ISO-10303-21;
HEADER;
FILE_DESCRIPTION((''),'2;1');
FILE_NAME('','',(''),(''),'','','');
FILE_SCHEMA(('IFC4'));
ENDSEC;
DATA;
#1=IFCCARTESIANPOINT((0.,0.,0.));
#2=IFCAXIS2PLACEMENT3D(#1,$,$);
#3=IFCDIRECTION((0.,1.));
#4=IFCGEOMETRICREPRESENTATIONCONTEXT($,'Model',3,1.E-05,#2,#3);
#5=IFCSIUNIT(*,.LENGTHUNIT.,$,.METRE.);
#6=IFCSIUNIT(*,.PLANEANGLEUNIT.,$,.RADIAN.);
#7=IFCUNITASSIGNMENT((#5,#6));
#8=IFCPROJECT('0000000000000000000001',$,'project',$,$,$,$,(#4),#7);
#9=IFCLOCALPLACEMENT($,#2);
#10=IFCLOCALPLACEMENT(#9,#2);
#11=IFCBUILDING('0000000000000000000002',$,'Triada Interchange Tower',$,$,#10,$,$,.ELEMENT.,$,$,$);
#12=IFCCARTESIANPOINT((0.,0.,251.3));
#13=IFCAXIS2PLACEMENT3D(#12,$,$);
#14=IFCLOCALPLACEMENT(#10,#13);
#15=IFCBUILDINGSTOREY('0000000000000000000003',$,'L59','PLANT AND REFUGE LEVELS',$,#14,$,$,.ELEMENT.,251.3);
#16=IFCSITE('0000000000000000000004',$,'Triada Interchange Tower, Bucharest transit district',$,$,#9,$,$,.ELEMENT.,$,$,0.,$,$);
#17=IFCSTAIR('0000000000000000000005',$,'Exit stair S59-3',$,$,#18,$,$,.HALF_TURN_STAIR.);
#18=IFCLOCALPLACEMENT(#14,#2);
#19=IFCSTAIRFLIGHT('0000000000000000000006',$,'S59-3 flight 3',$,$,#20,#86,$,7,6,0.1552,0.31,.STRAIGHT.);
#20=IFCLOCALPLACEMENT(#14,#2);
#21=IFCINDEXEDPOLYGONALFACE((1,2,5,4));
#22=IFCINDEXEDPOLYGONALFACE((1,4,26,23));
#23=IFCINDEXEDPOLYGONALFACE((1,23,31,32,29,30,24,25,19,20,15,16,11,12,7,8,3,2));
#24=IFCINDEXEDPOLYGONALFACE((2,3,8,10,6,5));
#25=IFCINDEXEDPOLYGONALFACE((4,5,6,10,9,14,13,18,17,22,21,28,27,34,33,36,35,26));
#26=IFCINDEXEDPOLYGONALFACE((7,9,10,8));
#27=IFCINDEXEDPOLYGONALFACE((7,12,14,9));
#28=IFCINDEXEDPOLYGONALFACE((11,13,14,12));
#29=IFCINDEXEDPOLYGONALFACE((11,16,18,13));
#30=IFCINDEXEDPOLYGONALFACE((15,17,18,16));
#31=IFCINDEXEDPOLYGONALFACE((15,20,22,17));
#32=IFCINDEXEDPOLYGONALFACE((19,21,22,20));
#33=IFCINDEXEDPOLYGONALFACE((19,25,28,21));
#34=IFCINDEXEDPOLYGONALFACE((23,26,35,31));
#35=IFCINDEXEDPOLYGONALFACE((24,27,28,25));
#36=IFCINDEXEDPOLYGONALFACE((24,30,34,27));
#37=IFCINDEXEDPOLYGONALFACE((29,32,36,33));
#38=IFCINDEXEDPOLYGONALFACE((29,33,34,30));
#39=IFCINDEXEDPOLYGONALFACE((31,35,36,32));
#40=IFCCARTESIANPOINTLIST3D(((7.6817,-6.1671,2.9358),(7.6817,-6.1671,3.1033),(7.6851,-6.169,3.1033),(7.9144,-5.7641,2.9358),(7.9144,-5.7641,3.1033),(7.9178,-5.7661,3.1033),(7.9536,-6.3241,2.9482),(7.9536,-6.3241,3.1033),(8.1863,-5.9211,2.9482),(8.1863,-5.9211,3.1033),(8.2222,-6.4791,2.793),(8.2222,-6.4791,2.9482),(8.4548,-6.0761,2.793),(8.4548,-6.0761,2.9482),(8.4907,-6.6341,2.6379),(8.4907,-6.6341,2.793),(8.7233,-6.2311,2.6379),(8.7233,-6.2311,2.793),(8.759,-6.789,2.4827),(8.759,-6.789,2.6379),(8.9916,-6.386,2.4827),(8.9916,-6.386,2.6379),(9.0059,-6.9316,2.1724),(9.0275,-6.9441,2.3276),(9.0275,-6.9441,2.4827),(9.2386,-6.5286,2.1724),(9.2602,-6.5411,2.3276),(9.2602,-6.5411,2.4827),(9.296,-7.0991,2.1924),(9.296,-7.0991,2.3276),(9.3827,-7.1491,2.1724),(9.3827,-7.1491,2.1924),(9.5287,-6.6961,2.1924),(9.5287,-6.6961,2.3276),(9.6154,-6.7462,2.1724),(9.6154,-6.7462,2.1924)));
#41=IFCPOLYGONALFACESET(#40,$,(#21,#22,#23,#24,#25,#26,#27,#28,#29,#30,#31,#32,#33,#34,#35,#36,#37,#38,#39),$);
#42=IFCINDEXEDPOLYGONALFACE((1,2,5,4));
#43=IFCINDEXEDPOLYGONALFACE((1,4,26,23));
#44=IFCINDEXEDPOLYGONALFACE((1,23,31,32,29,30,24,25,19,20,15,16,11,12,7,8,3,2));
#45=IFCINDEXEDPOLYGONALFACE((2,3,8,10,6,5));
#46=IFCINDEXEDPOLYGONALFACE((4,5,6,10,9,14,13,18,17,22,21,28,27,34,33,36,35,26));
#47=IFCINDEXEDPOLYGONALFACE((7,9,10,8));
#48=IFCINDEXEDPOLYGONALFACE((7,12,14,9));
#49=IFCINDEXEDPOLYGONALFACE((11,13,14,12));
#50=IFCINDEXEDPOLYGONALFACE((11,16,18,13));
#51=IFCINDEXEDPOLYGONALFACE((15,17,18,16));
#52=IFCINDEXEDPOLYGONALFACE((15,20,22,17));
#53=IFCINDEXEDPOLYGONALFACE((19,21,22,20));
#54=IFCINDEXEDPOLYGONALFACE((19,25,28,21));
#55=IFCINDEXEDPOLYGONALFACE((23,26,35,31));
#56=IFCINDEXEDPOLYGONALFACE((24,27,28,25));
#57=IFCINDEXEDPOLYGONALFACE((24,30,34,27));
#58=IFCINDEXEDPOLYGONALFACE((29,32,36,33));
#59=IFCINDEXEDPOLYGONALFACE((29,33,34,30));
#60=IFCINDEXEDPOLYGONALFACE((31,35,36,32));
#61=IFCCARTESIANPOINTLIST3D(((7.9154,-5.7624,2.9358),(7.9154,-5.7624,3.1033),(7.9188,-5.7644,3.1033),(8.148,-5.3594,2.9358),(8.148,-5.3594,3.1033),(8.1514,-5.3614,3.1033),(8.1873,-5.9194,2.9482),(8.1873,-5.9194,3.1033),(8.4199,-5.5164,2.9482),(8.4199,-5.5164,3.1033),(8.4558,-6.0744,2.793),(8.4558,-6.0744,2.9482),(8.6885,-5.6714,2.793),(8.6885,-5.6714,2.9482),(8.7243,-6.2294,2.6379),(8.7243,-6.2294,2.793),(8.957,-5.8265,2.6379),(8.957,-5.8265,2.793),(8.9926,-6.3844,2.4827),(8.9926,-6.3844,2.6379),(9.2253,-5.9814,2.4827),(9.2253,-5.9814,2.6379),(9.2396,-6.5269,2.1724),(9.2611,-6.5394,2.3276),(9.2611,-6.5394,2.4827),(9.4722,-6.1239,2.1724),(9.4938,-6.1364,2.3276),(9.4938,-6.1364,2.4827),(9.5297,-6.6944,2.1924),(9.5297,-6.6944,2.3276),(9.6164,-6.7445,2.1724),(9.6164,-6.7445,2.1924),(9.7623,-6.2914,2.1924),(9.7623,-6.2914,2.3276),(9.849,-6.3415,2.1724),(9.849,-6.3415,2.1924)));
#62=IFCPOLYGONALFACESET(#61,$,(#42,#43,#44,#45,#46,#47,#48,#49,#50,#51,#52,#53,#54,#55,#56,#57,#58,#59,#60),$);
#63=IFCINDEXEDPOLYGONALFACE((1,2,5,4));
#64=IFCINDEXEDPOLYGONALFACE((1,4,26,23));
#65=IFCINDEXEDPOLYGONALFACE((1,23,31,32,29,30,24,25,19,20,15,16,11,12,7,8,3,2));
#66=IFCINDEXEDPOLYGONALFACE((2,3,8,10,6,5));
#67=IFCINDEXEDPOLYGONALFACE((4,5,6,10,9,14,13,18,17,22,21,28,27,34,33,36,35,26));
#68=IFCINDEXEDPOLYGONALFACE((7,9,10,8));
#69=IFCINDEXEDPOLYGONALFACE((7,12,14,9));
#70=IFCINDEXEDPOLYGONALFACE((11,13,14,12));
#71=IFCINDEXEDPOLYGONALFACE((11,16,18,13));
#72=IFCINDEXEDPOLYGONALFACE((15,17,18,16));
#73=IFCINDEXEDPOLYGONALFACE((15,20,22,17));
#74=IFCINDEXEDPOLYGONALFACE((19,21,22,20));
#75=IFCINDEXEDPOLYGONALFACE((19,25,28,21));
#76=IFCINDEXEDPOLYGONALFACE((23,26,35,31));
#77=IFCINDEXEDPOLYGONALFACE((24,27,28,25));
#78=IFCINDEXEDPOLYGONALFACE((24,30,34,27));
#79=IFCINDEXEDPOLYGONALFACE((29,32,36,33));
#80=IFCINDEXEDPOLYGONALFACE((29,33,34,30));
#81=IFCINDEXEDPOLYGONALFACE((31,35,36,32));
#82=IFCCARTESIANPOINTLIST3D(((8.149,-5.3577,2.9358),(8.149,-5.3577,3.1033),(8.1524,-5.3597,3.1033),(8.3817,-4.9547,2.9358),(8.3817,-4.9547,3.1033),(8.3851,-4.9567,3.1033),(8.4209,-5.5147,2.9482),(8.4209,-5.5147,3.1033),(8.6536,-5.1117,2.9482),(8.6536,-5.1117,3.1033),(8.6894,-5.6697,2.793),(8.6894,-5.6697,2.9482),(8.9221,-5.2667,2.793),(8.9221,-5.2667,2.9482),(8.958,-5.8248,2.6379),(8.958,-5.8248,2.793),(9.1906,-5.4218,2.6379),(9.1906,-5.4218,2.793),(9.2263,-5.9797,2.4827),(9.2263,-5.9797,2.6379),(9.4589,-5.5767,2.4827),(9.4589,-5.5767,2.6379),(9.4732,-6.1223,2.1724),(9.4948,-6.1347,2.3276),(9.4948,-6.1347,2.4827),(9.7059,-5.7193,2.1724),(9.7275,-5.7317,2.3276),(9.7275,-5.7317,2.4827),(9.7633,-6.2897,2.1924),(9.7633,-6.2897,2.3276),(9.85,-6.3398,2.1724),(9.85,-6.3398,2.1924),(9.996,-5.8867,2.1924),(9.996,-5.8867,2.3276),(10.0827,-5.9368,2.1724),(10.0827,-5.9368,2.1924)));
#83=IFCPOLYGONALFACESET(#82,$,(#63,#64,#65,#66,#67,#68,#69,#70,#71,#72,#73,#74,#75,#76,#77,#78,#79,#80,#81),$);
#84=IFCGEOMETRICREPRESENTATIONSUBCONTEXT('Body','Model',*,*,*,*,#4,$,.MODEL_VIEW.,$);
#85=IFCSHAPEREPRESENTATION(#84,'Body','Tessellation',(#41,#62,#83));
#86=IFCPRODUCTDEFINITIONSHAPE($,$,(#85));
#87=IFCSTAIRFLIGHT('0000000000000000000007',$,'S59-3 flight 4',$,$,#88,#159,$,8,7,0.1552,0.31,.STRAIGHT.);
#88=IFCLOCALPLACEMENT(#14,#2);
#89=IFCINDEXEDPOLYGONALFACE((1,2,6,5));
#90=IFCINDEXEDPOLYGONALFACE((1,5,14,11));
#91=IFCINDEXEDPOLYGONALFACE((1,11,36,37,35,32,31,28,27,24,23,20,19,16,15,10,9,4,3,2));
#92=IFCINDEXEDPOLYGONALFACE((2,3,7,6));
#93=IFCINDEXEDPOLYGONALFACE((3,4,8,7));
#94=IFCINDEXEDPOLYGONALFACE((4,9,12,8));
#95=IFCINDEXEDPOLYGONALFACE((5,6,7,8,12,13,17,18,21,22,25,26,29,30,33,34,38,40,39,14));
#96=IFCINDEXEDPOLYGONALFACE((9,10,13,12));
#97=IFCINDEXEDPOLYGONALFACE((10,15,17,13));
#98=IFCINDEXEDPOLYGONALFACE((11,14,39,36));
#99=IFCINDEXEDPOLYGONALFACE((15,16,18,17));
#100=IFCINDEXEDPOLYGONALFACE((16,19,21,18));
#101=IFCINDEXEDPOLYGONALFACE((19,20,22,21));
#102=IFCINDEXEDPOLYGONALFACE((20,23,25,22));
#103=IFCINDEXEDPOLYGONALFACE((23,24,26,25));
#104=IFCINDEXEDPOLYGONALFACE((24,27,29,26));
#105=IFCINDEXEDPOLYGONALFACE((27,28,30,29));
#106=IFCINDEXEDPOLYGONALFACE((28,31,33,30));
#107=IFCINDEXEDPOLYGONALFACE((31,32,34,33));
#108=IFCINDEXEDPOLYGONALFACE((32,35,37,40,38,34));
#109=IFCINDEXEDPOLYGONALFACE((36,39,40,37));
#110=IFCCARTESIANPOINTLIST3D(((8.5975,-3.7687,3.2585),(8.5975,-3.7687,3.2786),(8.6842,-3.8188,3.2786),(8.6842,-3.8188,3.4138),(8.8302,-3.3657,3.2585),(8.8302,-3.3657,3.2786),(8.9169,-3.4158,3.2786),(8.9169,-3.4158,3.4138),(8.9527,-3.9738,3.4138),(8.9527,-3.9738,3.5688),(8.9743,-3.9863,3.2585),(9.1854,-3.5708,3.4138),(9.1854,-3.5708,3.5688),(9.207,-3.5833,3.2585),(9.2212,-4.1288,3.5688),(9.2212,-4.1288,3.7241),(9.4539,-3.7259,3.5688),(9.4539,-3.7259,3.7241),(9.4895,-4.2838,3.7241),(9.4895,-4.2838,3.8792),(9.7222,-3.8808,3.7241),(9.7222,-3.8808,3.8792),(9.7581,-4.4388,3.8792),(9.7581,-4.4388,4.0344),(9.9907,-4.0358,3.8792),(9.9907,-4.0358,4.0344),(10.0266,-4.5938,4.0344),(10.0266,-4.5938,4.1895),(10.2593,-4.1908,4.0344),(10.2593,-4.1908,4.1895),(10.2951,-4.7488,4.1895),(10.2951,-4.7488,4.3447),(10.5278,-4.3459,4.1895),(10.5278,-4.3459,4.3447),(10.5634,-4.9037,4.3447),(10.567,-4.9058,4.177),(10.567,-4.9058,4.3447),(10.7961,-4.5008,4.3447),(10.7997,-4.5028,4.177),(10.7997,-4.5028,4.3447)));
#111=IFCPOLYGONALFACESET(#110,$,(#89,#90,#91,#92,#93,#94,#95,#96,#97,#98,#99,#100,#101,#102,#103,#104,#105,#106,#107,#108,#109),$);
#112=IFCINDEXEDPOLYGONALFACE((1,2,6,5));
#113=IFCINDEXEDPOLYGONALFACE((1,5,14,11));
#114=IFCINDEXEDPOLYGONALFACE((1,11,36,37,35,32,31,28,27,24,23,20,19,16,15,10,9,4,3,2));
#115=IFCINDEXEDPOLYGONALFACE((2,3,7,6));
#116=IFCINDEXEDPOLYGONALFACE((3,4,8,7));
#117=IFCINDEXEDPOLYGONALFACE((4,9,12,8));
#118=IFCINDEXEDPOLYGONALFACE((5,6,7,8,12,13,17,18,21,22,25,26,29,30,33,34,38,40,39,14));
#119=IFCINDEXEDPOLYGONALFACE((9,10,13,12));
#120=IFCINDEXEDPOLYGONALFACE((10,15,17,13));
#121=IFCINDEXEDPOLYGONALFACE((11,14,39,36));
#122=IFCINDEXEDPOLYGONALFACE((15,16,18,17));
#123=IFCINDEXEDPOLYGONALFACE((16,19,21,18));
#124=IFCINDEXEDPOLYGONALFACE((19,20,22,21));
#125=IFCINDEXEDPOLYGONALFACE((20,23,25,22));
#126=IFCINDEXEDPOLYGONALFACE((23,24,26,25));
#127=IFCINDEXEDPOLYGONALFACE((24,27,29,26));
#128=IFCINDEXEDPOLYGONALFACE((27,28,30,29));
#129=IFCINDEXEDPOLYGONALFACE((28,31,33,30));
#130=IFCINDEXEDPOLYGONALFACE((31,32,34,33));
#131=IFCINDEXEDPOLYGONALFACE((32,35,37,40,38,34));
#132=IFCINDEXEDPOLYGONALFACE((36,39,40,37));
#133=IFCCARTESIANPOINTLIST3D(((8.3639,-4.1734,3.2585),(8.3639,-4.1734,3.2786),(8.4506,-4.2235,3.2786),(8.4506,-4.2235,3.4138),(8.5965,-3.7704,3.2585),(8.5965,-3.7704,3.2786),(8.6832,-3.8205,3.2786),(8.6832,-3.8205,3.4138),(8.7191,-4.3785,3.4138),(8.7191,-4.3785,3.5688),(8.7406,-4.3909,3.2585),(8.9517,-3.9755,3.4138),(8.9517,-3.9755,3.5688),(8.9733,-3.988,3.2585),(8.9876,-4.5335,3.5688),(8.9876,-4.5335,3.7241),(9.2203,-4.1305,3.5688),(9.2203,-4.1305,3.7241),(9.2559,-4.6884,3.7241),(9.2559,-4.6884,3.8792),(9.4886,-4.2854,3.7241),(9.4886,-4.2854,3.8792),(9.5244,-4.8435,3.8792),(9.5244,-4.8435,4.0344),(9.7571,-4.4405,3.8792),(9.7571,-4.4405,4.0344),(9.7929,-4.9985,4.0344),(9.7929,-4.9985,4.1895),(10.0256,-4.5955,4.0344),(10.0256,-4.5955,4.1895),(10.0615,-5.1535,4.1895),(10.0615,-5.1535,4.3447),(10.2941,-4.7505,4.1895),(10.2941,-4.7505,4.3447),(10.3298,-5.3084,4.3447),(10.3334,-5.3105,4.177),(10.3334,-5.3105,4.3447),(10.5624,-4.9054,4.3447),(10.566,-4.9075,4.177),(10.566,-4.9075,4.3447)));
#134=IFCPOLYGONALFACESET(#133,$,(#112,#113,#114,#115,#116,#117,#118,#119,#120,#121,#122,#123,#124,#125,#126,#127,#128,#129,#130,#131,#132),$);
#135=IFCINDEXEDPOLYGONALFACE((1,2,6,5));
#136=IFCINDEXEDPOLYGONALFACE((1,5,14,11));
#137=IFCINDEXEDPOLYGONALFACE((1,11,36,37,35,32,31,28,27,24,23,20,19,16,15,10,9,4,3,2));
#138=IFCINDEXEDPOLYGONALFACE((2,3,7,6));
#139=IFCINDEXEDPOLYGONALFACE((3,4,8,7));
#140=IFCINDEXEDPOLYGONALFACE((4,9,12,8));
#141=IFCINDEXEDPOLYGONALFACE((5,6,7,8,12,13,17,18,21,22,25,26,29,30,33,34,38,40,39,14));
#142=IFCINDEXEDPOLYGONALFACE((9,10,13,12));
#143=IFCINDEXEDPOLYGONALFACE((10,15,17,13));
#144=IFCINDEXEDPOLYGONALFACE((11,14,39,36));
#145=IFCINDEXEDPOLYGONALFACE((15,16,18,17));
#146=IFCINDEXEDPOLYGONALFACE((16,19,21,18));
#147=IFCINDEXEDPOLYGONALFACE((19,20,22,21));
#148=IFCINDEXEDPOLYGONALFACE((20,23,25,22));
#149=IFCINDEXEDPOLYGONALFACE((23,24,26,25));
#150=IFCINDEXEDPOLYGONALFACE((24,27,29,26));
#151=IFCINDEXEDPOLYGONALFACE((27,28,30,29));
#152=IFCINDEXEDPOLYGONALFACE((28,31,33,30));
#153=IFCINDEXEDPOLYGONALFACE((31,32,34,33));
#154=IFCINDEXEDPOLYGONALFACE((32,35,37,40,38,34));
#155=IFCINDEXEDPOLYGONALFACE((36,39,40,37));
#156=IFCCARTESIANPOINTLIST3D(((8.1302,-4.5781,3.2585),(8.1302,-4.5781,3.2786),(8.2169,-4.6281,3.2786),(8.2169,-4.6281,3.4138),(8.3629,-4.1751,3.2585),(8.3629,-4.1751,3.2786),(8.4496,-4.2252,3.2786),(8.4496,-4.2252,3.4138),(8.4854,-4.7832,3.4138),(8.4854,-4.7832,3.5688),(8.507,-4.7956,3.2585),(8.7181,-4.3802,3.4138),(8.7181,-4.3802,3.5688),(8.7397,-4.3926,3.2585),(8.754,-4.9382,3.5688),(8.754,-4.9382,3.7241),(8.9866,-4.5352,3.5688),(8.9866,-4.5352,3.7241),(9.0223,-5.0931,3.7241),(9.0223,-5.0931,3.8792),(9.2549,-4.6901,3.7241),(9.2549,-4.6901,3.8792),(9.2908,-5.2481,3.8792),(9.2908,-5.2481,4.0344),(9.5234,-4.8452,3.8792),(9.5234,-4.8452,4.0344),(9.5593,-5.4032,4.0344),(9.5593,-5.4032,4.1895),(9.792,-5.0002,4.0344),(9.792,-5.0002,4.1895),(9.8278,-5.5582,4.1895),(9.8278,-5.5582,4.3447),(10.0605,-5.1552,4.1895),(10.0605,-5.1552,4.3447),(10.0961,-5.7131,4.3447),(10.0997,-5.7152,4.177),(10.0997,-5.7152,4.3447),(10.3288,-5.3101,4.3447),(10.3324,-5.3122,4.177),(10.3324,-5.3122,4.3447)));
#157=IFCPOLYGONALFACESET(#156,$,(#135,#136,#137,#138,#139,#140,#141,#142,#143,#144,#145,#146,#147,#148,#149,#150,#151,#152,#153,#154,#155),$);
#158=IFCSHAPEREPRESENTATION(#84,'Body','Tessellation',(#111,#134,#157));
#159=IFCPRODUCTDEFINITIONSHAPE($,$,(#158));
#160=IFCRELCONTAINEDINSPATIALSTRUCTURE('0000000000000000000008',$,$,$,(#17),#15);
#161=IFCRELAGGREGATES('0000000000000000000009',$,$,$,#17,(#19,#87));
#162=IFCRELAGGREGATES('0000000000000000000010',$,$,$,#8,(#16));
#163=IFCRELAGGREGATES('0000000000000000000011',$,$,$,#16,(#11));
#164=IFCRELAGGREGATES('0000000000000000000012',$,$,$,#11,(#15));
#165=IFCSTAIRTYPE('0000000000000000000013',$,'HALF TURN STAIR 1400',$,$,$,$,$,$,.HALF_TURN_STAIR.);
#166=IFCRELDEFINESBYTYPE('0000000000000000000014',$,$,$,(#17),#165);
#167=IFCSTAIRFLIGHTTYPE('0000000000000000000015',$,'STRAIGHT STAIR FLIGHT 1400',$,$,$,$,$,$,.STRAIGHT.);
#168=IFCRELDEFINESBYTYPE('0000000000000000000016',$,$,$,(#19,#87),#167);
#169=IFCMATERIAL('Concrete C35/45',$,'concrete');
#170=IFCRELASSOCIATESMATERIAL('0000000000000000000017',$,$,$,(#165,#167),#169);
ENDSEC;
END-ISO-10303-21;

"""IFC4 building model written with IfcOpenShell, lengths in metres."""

from ifc_helpers import new_model, si_unit, direction, frame, origin, place, context, subcontext, project, spatial, polyline, outline, extrude, material, type_object, element, aggregate, save


model = new_model("IFC4")

# Units and contexts
model_context = context("Model", 3, precision=1e-05, world=origin(), true_north=direction((0.0, 1.0)))
body_context = subcontext(model_context, "Body", "Model", "MODEL_VIEW")
ifc_project = project(units=[si_unit("LENGTHUNIT", "METRE"), si_unit("PLANEANGLEUNIT", "RADIAN")], contexts=[model_context])

# Site, building, storey
site_placement = place(None, origin())
site = spatial("IfcSite", under=ifc_project, at=site_placement, Name="Triada Interchange Tower, Bucharest transit district", CompositionType="ELEMENT", RefElevation=0.0)
building_placement = place(site_placement, origin())
building = spatial("IfcBuilding", under=site, at=building_placement, Name="Triada Interchange Tower", CompositionType="ELEMENT")
storey_placement = place(building_placement, frame((0.0, 0.0, 251.3)))
storey = spatial("IfcBuildingStorey", under=building, at=storey_placement, Name="L59", Description="PLANT AND REFUGE LEVELS", CompositionType="ELEMENT", Elevation=251.3)

# Shared definitions
ifc_material_1 = material(Name="Concrete C35/45", Category="concrete")

# Stair, stair flights
stair_type = type_object("IfcStairType", Name="HALF TURN STAIR 1400", PredefinedType="HALF_TURN_STAIR", material=ifc_material_1)
stair_placement = place(storey_placement, origin())
stair = element("IfcStair", 1, at=stair_placement, inside=storey, type_object=stair_type, Name="Exit stair S59-3", PredefinedType="HALF_TURN_STAIR")
stair_flight_type = type_object("IfcStairFlightType", Name="STRAIGHT STAIR FLIGHT 1400", PredefinedType="STRAIGHT", material=ifc_material_1)
stair_flight_1_placement = place(storey_placement, frame((9.646, -6.4929, 2.1724), z_axis=(0.0, 0.0, 1.0), x_axis=(-0.866025, 0.5, 0.0)))
stair_flight_1 = element("IfcStairFlight", 2, at=stair_flight_1_placement, type_object=stair_flight_type, Name="S59-3 flight 3", NumberOfRisers=7, NumberOfTreads=6, PredefinedType="STRAIGHT", RiserHeight=0.1552, TreadLength=0.31, context=body_context, shape_type="SweptSolid", body=[
    extrude(outline(polyline([(-0.1001, 0.0), (-0.1001, 0.02), (0.0, 0.02), (0.0, 0.1553), (0.3101, 0.1553), (0.3101, 0.3103), (0.6201, 0.3103), (0.6201, 0.4656), (0.9299, 0.4656), (0.9299, 0.6206), (1.24, 0.6206), (1.24, 0.7759), (1.55, 0.7759), (1.55, 0.9309), (1.8601, 0.9309), (1.864, 0.9309), (1.864, 1.0862), (1.864, 0.7634), (0.335, 0.0), (-0.1001, 0.0)])), frame((0.0, 0.7, 0.0), z_axis=(0.0, -1.0, 0.0), x_axis=(1.0, 0.0, 0.0)), (0.0, 0.0, 1.0), 0.4653),
    extrude(outline(polyline([(-0.1001, 0.0), (-0.1001, 0.02), (0.0, 0.02), (0.0, 0.1553), (0.3101, 0.1553), (0.3101, 0.3103), (0.6201, 0.3103), (0.6201, 0.4656), (0.9299, 0.4656), (0.9299, 0.6206), (1.24, 0.6206), (1.24, 0.7759), (1.55, 0.7759), (1.55, 0.9309), (1.8601, 0.9309), (1.864, 0.9309), (1.864, 1.0862), (1.864, 0.7634), (0.335, 0.0), (-0.1001, 0.0)])), frame((0.0, 0.2327, 0.0), z_axis=(0.0, -1.0, 0.0), x_axis=(1.0, 0.0, 0.0)), (0.0, 0.0, 1.0), 0.4653),
    extrude(outline(polyline([(-0.1001, 0.0), (-0.1001, 0.02), (0.0, 0.02), (0.0, 0.1553), (0.3101, 0.1553), (0.3101, 0.3103), (0.6201, 0.3103), (0.6201, 0.4656), (0.9299, 0.4656), (0.9299, 0.6206), (1.24, 0.6206), (1.24, 0.7759), (1.55, 0.7759), (1.55, 0.9309), (1.8601, 0.9309), (1.864, 0.9309), (1.864, 1.0862), (1.864, 0.7634), (0.335, 0.0), (-0.1001, 0.0)])), frame((0.0, -0.2346, 0.0), z_axis=(0.0, -1.0, 0.0), x_axis=(1.0, 0.0, 0.0)), (0.0, 0.0, 1.0), 0.4653),
])
stair_flight_2_placement = place(storey_placement, frame((8.5669, -4.022, 3.2585), z_axis=(0.0, 0.0, 1.0), x_axis=(0.866025, -0.5, 0.0)))
stair_flight_2 = element("IfcStairFlight", 3, at=stair_flight_2_placement, type_object=stair_flight_type, Name="S59-3 flight 4", NumberOfRisers=8, NumberOfTreads=7, PredefinedType="STRAIGHT", RiserHeight=0.1552, TreadLength=0.31, context=body_context, shape_type="SweptSolid", body=[
    extrude(outline(polyline([(-0.1001, 0.0), (-0.1001, 0.02), (0.0, 0.02), (0.0, 0.1553), (0.3101, 0.1553), (0.3101, 0.3103), (0.6201, 0.3103), (0.6201, 0.4656), (0.9299, 0.4656), (0.9299, 0.6206), (1.24, 0.6206), (1.24, 0.7759), (1.55, 0.7759), (1.55, 0.9309), (1.8601, 0.9309), (1.8601, 1.0862), (2.1699, 1.0862), (2.1741, 1.0862), (2.1741, 1.2415), (2.1741, 0.9185), (0.335, 0.0), (-0.1001, 0.0)])), frame((0.0, 0.7, 0.0), z_axis=(0.0, -1.0, 0.0), x_axis=(1.0, 0.0, 0.0)), (0.0, 0.0, 1.0), 0.4653),
    extrude(outline(polyline([(-0.1001, 0.0), (-0.1001, 0.02), (0.0, 0.02), (0.0, 0.1553), (0.3101, 0.1553), (0.3101, 0.3103), (0.6201, 0.3103), (0.6201, 0.4656), (0.9299, 0.4656), (0.9299, 0.6206), (1.24, 0.6206), (1.24, 0.7759), (1.55, 0.7759), (1.55, 0.9309), (1.8601, 0.9309), (1.8601, 1.0862), (2.1699, 1.0862), (2.1741, 1.0862), (2.1741, 1.2415), (2.1741, 0.9185), (0.335, 0.0), (-0.1001, 0.0)])), frame((0.0, 0.2327, 0.0), z_axis=(0.0, -1.0, 0.0), x_axis=(1.0, 0.0, 0.0)), (0.0, 0.0, 1.0), 0.4653),
    extrude(outline(polyline([(-0.1001, 0.0), (-0.1001, 0.02), (0.0, 0.02), (0.0, 0.1553), (0.3101, 0.1553), (0.3101, 0.3103), (0.6201, 0.3103), (0.6201, 0.4656), (0.9299, 0.4656), (0.9299, 0.6206), (1.24, 0.6206), (1.24, 0.7759), (1.55, 0.7759), (1.55, 0.9309), (1.8601, 0.9309), (1.8601, 1.0862), (2.1699, 1.0862), (2.1741, 1.0862), (2.1741, 1.2415), (2.1741, 0.9185), (0.335, 0.0), (-0.1001, 0.0)])), frame((0.0, -0.2346, 0.0), z_axis=(0.0, -1.0, 0.0), x_axis=(1.0, 0.0, 0.0)), (0.0, 0.0, 1.0), 0.4653),
])
aggregate(stair, [stair_flight_1, stair_flight_2])

save(model, "model.ifc")
